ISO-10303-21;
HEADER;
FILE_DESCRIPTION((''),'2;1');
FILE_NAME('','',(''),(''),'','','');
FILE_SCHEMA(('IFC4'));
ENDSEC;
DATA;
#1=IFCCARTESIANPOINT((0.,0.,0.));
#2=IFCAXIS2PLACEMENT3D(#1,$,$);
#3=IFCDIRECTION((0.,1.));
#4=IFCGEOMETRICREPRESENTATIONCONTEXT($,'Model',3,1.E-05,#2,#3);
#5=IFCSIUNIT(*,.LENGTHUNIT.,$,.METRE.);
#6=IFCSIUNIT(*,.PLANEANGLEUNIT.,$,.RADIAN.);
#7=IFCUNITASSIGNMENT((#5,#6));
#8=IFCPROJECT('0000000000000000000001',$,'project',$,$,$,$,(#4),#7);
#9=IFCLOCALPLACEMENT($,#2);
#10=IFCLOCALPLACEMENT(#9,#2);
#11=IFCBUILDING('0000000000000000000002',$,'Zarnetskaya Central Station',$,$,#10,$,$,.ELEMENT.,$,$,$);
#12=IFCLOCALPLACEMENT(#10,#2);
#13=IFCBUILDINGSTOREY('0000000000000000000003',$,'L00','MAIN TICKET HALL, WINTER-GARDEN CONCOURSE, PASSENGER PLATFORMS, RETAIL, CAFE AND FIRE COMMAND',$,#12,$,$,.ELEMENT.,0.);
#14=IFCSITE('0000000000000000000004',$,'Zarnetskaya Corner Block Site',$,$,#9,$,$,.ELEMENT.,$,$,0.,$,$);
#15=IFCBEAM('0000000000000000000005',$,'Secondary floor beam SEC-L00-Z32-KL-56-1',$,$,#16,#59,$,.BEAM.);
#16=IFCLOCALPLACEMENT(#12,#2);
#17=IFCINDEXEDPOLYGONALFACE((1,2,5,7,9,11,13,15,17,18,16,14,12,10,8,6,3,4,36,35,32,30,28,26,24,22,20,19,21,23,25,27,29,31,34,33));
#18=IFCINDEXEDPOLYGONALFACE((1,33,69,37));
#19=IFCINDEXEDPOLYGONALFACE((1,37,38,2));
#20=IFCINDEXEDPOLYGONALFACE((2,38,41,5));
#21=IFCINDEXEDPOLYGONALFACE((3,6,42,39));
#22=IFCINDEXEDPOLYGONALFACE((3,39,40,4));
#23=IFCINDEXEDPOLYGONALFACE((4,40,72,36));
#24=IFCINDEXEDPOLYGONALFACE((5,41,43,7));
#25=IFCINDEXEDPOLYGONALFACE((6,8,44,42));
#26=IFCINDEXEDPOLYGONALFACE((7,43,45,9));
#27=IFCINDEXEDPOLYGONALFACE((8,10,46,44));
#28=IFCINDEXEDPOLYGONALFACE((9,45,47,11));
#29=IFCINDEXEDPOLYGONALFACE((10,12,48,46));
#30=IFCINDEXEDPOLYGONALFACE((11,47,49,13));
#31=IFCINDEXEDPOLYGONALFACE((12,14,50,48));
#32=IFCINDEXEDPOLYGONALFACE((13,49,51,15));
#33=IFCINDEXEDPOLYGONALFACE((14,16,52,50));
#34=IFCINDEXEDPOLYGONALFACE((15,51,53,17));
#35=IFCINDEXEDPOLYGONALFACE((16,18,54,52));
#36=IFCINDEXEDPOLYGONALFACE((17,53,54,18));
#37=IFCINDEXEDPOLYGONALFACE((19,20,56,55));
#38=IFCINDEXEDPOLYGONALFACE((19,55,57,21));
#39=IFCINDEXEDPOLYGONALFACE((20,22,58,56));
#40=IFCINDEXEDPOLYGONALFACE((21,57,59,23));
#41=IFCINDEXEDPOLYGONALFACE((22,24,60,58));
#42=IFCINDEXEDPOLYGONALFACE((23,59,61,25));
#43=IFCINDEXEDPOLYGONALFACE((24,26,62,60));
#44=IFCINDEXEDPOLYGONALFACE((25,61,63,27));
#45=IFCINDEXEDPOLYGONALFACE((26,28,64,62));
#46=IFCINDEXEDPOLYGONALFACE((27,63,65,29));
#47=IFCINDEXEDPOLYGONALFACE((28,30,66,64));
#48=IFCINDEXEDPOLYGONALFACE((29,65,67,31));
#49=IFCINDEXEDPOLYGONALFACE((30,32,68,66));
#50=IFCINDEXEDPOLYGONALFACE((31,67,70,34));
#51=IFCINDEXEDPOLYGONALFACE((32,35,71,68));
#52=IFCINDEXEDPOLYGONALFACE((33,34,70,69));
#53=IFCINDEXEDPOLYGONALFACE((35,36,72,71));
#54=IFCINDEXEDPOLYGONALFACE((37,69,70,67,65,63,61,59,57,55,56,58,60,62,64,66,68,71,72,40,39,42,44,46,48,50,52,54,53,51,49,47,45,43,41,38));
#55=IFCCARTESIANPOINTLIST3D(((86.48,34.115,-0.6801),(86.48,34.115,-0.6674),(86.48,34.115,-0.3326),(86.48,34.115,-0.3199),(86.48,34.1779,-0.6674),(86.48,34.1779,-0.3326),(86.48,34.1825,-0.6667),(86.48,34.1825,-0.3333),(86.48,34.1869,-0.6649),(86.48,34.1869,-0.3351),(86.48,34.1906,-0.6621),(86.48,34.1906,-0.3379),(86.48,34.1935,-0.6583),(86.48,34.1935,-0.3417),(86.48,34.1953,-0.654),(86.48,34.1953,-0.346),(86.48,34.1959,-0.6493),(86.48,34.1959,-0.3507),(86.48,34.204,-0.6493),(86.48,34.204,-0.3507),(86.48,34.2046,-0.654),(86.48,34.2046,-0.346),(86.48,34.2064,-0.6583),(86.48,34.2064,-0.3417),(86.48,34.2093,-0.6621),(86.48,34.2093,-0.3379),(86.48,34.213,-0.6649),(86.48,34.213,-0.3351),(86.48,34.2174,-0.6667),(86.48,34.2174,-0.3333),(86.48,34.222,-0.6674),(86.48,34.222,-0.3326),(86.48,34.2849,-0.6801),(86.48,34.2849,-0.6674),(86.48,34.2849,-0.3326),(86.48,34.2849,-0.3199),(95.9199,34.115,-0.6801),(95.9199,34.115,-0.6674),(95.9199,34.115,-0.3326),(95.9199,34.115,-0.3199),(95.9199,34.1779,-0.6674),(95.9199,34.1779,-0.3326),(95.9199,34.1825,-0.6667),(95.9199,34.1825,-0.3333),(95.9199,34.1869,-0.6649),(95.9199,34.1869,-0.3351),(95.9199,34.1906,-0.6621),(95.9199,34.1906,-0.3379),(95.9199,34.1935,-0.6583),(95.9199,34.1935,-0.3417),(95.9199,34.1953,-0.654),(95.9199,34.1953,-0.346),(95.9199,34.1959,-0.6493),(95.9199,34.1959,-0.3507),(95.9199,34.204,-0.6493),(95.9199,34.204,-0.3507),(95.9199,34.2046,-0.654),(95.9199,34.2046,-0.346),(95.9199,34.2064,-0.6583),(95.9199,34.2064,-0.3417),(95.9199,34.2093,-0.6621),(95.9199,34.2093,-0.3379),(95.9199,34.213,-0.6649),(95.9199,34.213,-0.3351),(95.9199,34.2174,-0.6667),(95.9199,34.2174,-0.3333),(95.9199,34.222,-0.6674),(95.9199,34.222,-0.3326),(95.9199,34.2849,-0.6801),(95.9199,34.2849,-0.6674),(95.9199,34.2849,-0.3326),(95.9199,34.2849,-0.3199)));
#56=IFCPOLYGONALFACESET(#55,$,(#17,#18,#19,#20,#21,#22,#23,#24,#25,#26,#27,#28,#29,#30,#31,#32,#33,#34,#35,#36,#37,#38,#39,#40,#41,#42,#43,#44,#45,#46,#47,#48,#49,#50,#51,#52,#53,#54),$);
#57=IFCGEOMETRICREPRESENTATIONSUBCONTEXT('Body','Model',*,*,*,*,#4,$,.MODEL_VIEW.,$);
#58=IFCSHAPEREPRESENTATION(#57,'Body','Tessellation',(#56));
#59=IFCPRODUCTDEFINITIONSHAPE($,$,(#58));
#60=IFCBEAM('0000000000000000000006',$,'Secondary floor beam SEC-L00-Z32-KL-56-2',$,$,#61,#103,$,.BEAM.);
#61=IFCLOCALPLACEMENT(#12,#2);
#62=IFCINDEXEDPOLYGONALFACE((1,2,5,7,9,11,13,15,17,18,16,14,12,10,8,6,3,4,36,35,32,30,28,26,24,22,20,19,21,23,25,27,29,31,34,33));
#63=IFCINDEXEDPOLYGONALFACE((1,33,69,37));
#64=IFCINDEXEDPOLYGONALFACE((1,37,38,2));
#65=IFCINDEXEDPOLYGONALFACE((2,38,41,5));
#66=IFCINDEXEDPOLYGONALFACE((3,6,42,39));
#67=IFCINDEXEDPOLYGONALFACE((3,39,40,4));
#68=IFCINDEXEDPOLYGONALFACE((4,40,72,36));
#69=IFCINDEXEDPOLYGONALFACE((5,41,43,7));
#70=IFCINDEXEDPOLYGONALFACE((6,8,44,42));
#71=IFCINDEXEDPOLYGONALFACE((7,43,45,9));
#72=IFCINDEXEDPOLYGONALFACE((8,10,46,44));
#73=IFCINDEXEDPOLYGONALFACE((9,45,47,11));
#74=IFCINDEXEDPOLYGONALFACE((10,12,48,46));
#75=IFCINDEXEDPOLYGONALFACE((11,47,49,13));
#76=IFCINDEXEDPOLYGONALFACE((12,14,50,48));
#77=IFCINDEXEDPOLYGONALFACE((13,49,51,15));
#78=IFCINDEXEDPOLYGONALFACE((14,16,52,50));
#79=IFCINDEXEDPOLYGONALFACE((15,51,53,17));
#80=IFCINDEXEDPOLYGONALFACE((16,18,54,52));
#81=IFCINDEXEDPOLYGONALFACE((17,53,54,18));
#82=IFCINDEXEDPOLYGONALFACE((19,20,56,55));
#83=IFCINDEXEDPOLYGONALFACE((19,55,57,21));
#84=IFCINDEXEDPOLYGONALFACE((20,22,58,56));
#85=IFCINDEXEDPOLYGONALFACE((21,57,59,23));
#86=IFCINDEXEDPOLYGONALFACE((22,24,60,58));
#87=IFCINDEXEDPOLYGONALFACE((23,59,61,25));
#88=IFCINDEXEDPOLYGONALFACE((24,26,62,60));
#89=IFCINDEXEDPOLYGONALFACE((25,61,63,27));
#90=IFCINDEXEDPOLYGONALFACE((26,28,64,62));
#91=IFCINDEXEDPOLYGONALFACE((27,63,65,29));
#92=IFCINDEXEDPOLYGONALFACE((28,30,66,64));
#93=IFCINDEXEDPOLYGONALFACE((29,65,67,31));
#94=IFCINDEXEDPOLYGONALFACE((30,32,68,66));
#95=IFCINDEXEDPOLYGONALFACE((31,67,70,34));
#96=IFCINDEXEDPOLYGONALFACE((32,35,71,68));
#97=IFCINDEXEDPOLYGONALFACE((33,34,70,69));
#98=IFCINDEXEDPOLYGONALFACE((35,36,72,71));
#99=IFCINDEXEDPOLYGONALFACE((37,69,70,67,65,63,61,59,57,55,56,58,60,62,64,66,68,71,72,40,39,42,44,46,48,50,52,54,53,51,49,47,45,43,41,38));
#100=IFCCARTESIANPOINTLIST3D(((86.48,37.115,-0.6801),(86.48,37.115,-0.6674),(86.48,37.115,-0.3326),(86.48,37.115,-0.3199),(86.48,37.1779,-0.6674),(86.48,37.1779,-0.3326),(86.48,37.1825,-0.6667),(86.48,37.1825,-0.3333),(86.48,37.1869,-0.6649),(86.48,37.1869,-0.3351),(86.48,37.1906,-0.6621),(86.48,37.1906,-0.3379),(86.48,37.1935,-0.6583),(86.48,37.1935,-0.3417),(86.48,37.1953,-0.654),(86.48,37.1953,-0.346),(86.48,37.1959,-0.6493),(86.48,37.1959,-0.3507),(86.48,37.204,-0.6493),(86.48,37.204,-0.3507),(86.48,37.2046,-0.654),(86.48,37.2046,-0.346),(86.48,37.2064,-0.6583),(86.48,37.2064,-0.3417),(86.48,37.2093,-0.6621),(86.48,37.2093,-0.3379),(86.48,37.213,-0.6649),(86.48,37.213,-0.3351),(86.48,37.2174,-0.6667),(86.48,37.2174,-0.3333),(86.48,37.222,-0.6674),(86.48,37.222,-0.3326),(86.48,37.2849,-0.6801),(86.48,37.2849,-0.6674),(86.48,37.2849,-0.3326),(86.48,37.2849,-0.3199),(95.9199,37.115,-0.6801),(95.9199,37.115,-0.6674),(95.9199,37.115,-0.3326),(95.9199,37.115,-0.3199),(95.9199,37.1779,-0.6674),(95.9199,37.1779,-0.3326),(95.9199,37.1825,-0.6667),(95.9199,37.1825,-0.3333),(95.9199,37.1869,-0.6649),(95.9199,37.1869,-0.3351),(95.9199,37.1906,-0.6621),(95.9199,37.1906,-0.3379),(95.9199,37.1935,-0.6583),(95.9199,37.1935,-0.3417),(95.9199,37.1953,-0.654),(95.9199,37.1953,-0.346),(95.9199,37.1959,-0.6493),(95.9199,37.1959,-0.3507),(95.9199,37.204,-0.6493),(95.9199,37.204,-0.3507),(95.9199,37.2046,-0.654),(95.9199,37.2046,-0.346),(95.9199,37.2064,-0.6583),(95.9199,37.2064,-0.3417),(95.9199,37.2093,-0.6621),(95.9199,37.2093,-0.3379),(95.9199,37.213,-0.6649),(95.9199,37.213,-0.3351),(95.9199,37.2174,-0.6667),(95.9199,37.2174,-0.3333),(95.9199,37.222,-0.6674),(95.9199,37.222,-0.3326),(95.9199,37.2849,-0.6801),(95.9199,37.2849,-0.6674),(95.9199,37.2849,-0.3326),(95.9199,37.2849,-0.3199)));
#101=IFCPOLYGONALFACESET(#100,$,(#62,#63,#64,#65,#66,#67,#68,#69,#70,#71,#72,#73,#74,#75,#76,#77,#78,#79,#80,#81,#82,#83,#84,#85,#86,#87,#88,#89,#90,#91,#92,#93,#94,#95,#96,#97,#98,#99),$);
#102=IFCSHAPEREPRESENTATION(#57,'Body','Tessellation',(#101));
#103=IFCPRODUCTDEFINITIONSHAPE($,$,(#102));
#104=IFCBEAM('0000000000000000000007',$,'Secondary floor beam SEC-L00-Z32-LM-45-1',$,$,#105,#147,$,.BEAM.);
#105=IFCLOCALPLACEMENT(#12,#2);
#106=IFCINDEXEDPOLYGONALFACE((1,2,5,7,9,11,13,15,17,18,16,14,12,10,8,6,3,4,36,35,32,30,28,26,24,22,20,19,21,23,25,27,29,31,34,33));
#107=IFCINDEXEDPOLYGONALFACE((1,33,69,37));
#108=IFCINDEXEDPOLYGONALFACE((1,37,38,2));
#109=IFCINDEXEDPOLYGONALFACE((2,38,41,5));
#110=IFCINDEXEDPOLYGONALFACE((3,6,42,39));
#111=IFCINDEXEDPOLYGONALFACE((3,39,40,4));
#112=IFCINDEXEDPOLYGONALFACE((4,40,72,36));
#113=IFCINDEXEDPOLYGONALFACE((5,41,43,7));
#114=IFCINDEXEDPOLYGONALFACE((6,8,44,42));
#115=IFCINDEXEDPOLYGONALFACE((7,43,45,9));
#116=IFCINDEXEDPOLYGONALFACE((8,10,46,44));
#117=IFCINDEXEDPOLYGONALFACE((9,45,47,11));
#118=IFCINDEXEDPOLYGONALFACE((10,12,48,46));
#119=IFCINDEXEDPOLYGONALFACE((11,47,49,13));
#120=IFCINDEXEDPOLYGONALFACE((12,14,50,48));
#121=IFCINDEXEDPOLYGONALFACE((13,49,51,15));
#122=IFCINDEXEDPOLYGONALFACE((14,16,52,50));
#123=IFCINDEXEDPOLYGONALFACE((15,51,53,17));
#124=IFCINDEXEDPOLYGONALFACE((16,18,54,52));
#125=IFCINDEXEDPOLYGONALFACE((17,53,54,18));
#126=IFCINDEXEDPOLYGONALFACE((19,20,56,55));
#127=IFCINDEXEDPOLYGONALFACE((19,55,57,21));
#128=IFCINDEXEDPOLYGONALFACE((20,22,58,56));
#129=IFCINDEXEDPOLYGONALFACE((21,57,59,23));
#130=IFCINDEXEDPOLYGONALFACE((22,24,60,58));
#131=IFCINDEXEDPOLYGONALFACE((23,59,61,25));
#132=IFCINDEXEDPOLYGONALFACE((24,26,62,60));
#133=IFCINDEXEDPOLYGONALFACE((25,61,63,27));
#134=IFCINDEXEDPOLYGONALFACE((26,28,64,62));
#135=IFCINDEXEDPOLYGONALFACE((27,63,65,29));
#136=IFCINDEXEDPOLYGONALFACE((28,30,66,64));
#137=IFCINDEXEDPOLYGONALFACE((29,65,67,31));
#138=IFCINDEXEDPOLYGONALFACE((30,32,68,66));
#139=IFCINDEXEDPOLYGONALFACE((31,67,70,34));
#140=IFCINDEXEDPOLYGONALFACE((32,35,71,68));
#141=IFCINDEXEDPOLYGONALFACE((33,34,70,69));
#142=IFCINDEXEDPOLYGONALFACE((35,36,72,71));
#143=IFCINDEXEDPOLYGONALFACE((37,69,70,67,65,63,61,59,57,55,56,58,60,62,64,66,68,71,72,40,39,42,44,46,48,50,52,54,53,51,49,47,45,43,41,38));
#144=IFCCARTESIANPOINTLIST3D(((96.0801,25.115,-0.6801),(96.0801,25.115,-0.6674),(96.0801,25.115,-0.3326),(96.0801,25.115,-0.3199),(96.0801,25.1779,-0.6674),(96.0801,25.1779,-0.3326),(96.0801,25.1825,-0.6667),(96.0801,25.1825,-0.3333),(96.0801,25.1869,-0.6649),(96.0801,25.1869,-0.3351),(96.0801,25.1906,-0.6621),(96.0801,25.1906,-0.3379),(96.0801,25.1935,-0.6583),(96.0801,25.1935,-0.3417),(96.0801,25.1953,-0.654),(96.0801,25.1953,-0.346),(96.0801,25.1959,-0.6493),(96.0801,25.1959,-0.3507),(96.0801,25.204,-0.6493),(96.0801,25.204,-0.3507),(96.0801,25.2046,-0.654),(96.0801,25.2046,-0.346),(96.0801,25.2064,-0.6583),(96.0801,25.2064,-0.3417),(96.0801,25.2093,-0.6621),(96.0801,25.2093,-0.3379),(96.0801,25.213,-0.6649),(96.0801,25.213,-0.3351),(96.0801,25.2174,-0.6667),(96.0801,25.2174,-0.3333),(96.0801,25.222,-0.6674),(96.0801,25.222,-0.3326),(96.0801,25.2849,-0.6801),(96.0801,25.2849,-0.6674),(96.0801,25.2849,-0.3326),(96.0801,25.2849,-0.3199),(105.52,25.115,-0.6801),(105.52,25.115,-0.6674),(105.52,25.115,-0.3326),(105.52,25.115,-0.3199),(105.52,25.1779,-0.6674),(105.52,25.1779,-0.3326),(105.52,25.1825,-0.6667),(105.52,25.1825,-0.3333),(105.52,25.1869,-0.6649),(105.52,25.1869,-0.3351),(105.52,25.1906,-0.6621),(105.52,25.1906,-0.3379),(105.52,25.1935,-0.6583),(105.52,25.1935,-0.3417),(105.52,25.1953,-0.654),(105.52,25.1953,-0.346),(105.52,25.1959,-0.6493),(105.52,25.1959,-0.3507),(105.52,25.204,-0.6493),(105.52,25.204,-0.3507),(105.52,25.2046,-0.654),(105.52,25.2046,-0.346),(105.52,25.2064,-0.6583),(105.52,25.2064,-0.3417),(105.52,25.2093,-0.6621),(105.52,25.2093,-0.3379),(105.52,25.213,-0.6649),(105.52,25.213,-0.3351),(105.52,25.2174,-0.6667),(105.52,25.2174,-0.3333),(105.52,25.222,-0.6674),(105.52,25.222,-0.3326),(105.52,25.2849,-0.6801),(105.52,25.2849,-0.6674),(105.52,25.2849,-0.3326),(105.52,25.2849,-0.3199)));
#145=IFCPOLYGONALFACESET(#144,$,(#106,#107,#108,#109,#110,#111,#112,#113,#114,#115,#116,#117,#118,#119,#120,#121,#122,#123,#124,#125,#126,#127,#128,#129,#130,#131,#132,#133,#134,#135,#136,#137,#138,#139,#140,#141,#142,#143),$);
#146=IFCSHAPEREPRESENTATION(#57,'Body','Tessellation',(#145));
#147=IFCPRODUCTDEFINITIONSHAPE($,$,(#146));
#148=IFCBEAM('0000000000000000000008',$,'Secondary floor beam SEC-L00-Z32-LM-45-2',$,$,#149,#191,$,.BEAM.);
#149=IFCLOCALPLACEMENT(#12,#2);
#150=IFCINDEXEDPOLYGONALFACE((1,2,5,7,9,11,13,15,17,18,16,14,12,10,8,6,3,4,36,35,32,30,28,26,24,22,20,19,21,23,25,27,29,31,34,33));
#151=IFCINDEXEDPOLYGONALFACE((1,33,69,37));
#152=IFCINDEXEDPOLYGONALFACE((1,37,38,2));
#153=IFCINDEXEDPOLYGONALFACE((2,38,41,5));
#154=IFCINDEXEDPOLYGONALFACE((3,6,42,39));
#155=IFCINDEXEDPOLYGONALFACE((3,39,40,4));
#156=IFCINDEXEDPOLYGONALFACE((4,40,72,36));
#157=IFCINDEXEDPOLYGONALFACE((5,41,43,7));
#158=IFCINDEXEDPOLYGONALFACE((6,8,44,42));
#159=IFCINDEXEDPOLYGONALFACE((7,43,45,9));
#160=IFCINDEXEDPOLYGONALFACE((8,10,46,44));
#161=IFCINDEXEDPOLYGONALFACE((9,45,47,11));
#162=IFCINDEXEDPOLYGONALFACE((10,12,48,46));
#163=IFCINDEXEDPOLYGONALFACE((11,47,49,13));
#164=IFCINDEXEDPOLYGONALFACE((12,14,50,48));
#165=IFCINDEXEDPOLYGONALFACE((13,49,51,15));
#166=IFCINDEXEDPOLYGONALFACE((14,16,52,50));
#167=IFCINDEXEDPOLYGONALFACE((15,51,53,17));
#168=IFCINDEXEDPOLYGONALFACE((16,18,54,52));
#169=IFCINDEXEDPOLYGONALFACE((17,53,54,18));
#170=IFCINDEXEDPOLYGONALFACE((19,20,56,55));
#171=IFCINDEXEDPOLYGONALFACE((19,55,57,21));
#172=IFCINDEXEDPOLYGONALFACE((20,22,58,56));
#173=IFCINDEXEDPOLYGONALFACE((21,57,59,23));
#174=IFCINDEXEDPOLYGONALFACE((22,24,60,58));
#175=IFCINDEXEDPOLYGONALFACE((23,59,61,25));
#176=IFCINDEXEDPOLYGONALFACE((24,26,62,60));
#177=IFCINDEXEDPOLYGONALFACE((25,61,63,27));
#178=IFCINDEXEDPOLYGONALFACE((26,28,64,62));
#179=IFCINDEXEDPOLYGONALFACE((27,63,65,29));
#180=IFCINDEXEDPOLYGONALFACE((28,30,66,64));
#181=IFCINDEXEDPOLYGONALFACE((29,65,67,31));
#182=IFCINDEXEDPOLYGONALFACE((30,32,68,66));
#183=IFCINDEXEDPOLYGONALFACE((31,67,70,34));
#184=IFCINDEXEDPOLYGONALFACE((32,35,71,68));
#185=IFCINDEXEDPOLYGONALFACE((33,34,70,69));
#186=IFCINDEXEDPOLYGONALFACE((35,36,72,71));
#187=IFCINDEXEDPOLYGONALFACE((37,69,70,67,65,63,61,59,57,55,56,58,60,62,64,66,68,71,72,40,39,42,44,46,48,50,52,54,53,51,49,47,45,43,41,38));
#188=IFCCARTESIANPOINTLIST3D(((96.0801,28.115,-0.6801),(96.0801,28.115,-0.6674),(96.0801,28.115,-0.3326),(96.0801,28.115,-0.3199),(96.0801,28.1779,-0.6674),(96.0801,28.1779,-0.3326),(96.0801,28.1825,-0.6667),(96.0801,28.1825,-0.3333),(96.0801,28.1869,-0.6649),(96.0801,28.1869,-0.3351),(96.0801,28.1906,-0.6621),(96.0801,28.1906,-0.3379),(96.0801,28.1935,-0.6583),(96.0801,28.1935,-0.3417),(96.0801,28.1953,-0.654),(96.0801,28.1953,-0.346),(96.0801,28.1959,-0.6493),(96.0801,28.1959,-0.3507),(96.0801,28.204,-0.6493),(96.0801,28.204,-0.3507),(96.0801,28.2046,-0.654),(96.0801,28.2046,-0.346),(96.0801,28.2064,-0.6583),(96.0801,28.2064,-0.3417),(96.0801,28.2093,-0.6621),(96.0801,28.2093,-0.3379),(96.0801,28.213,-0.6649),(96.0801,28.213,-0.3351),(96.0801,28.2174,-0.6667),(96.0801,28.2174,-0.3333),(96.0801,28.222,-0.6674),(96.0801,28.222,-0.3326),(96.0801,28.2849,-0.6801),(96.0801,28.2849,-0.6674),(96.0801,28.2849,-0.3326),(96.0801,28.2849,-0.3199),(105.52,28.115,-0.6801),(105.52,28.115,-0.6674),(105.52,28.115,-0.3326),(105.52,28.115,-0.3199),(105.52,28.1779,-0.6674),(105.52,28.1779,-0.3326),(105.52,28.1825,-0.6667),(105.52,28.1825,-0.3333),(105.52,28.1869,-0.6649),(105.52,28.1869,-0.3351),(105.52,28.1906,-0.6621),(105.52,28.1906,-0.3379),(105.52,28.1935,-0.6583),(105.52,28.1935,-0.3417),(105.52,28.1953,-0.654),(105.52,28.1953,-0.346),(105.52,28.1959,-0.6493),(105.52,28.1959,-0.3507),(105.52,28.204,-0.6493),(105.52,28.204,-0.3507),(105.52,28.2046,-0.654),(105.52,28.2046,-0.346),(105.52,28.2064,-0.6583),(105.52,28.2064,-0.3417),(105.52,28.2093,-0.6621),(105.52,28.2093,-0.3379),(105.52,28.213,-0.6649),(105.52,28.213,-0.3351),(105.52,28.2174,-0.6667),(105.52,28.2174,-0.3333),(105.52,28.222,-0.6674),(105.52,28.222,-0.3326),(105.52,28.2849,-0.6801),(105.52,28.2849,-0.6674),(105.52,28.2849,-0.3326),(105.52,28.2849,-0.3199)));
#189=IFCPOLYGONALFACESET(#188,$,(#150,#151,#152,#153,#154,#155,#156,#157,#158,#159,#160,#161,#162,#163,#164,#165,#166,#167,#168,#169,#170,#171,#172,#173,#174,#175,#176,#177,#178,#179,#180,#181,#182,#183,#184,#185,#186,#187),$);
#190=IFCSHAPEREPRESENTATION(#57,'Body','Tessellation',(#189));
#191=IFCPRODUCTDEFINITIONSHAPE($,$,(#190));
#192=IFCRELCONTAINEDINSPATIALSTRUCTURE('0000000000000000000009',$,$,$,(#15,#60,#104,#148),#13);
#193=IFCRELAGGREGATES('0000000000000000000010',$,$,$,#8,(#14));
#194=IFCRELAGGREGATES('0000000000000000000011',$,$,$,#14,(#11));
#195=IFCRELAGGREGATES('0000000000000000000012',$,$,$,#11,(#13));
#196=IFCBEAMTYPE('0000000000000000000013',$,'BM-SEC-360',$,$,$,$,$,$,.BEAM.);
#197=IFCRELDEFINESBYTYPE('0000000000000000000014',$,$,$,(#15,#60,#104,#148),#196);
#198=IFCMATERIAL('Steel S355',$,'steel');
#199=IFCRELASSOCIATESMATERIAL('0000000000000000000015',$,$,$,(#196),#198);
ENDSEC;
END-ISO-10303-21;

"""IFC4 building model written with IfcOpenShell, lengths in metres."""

from ifc_helpers import new_model, si_unit, direction, frame, origin, origin_2d, place, context, subcontext, project, spatial, i_section, extrude, material, material_profile, profile_set, type_object, element, save


model = new_model("IFC4")

# Units and contexts
model_context = context("Model", 3, precision=1e-05, world=origin(), true_north=direction((0.0, 1.0)))
body_context = subcontext(model_context, "Body", "Model", "MODEL_VIEW")
ifc_project = project(units=[si_unit("LENGTHUNIT", "METRE"), si_unit("PLANEANGLEUNIT", "RADIAN")], contexts=[model_context])

# Site, building, storey
site_placement = place(None, origin())
site = spatial("IfcSite", under=ifc_project, at=site_placement, Name="Zarnetskaya Corner Block Site", CompositionType="ELEMENT", RefElevation=0.0)
building_placement = place(site_placement, origin())
building = spatial("IfcBuilding", under=site, at=building_placement, Name="Zarnetskaya Central Station", CompositionType="ELEMENT")
storey_placement = place(building_placement, origin())
storey = spatial("IfcBuildingStorey", under=building, at=storey_placement, Name="L00", Description="MAIN TICKET HALL, WINTER-GARDEN CONCOURSE, PASSENGER PLATFORMS, RETAIL, CAFE AND FIRE COMMAND", CompositionType="ELEMENT", Elevation=0.0)

# Beams
ifc_material = material(Name="Steel S355", Category="steel")
ifc_material_profile_1 = material_profile(ifc_material, i_section(OverallWidth=0.1699, OverallDepth=0.3601, WebThickness=0.0081, FlangeThickness=0.0127, FilletRadius=0.0181, at=origin_2d()), Name="IPE 360")
ifc_profile_set_1 = profile_set([ifc_material_profile_1], Name="Steel S355")
beam_type_1 = type_object("IfcBeamType", Name="BM-SEC-360", PredefinedType="BEAM", material=ifc_profile_set_1)
for number, where, z_axis, x_axis, name in (
    (1, (86.48, 34.2, -0.5), (1.0, 0.0, 0.0), (0.0, 1.0, 0.0), "Secondary floor beam SEC-L00-Z32-KL-56-1"),
    (2, (86.48, 37.2, -0.5), (1.0, 0.0, 0.0), (0.0, 1.0, 0.0), "Secondary floor beam SEC-L00-Z32-KL-56-2"),
    (3, (96.0801, 25.2, -0.5), (1.0, 0.0, 0.0), (0.0, 1.0, 0.0), "Secondary floor beam SEC-L00-Z32-LM-45-1"),
    (4, (96.0801, 28.2, -0.5), (1.0, 0.0, 0.0), (0.0, 1.0, 0.0), "Secondary floor beam SEC-L00-Z32-LM-45-2"),
):
    element("IfcBeam", number, at=place(storey_placement, frame(where, z_axis=z_axis, x_axis=x_axis)), inside=storey, type_object=beam_type_1, Name=name, PredefinedType="BEAM", context=body_context, shape_type="SweptSolid", body=[
        extrude(i_section(OverallWidth=0.1699, OverallDepth=0.3601, WebThickness=0.0081, FlangeThickness=0.0127, FilletRadius=0.0181, at=origin_2d()), origin(), (0.0, 0.0, 1.0), 9.4399),
    ])

save(model, "model.ifc")
